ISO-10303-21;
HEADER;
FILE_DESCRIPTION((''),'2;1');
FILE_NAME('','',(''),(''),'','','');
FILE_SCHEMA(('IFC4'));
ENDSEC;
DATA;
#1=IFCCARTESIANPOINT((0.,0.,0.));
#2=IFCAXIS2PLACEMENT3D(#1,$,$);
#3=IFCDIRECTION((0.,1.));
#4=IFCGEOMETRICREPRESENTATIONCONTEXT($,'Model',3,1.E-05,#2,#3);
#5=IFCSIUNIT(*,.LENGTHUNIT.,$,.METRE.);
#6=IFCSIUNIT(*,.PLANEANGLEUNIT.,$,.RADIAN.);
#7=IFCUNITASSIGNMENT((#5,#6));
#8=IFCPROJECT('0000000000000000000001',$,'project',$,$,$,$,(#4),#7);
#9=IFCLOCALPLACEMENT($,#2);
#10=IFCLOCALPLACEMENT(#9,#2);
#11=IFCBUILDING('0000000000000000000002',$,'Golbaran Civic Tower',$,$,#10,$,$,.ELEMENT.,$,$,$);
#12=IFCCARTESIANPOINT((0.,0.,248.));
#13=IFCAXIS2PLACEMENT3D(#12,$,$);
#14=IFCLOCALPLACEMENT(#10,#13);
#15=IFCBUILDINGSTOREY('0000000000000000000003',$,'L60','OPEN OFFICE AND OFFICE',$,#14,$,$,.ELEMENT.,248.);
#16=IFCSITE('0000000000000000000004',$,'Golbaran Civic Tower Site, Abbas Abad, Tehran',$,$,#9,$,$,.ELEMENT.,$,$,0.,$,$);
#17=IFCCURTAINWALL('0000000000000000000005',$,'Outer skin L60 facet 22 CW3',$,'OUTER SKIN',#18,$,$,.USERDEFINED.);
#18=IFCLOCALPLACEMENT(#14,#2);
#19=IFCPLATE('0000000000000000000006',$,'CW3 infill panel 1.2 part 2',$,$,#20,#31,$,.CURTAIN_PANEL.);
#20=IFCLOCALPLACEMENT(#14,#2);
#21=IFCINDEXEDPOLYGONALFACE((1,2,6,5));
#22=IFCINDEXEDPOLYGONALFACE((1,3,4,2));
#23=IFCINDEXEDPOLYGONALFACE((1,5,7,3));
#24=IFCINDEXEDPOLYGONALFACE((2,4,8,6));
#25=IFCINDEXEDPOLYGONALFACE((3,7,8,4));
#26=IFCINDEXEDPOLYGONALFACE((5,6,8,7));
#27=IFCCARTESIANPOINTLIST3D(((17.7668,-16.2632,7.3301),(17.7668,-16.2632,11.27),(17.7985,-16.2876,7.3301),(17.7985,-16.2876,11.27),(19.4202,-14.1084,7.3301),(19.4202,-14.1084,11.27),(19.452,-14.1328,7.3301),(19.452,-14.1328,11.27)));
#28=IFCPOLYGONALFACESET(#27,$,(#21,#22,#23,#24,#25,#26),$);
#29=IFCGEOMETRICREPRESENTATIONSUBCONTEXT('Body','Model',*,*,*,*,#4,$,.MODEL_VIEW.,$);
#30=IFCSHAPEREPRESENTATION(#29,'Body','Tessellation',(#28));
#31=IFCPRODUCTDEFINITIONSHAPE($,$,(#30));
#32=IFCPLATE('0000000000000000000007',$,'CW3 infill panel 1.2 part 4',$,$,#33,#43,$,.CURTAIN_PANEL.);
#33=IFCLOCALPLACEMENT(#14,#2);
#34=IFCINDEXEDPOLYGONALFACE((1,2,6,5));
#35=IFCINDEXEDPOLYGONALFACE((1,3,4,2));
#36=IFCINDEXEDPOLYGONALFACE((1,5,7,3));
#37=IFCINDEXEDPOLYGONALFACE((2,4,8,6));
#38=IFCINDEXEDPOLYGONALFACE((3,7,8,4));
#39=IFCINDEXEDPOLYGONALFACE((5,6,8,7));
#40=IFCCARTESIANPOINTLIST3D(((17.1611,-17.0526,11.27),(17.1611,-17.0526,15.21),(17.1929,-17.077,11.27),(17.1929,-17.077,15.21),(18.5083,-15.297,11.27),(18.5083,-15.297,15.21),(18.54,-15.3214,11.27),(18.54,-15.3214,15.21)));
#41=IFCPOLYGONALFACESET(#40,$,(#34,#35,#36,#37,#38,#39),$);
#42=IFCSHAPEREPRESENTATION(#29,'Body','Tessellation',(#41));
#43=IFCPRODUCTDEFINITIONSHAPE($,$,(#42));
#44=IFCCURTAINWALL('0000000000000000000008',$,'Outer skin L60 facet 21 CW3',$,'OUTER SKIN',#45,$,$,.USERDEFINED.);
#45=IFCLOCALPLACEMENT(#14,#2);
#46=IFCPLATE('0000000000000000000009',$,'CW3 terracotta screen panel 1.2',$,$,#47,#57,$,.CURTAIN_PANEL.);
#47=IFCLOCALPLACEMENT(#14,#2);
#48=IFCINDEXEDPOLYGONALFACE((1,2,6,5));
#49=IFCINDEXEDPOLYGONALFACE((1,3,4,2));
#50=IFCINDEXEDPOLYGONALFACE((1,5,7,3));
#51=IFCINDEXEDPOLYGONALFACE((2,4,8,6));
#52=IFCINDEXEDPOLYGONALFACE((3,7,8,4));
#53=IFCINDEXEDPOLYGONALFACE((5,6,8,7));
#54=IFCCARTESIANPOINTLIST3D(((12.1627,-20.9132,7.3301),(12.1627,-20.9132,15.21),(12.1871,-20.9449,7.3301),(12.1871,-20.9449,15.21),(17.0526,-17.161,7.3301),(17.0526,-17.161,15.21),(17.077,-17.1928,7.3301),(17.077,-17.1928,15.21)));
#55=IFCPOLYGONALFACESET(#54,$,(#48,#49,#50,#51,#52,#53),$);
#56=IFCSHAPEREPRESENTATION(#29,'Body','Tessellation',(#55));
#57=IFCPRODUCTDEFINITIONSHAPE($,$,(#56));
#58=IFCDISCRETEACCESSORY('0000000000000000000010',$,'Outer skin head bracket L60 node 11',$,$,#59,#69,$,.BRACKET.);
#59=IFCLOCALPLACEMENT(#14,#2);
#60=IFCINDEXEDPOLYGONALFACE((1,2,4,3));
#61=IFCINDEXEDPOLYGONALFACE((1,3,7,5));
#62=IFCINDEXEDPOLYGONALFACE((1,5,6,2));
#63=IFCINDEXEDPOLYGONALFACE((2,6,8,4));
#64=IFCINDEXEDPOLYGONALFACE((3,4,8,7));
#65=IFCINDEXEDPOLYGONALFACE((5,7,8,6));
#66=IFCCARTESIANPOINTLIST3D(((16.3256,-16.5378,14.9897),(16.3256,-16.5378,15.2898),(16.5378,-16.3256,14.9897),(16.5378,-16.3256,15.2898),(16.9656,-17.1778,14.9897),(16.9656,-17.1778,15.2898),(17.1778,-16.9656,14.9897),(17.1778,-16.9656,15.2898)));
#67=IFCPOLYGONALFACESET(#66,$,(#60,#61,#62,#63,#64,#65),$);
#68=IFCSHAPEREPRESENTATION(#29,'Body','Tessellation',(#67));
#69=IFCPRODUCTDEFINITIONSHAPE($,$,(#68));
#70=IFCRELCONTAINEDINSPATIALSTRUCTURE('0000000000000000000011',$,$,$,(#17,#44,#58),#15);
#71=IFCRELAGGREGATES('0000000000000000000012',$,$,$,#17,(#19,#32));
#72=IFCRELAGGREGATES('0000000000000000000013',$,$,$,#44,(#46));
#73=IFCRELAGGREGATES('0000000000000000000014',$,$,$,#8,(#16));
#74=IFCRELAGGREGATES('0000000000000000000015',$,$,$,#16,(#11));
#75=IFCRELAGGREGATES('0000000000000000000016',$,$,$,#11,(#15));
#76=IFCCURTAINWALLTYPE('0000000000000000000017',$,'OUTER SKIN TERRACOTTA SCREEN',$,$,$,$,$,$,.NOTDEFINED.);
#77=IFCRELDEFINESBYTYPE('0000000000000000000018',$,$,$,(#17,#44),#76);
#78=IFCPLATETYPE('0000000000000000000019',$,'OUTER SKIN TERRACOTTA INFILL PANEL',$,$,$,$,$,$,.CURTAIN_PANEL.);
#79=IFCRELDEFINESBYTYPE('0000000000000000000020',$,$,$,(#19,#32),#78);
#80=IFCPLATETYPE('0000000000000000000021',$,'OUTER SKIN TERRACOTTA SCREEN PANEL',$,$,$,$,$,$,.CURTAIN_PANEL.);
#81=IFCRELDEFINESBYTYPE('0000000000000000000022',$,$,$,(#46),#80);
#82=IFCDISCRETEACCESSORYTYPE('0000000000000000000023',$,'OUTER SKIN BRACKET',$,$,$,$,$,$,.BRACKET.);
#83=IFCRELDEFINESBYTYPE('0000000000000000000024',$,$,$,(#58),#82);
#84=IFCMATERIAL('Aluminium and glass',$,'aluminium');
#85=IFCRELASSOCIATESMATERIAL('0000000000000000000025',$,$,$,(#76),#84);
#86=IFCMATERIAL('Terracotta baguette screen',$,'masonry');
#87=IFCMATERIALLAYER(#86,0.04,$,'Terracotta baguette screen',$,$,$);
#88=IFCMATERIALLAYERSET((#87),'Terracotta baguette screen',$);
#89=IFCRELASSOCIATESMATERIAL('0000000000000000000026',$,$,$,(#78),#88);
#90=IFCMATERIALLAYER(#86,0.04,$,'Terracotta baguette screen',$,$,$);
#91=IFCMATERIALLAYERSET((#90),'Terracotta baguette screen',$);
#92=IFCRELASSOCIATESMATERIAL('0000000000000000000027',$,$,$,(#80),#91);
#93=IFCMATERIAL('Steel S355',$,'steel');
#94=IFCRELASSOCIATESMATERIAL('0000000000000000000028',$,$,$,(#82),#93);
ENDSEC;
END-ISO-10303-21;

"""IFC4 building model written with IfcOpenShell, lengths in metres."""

from ifc_helpers import new_model, si_unit, direction, frame, origin, origin_2d, place, context, subcontext, project, spatial, rectangle, extrude, material, layer, layer_set, type_object, element, aggregate, save


model = new_model("IFC4")

# Units and contexts
model_context = context("Model", 3, precision=1e-05, world=origin(), true_north=direction((0.0, 1.0)))
body_context = subcontext(model_context, "Body", "Model", "MODEL_VIEW")
ifc_project = project(units=[si_unit("LENGTHUNIT", "METRE"), si_unit("PLANEANGLEUNIT", "RADIAN")], contexts=[model_context])

# Site, building, storey
site_placement = place(None, origin())
site = spatial("IfcSite", under=ifc_project, at=site_placement, Name="Golbaran Civic Tower Site, Abbas Abad, Tehran", CompositionType="ELEMENT", RefElevation=0.0)
building_placement = place(site_placement, origin())
building = spatial("IfcBuilding", under=site, at=building_placement, Name="Golbaran Civic Tower", CompositionType="ELEMENT")
storey_placement = place(building_placement, frame((0.0, 0.0, 248.0)))
storey = spatial("IfcBuildingStorey", under=building, at=storey_placement, Name="L60", Description="OPEN OFFICE AND OFFICE", CompositionType="ELEMENT", Elevation=248.0)

# Shared definitions
ifc_material_1 = material(Name="Aluminium and glass", Category="aluminium")

# Curtain wall
curtain_wall_type_1 = type_object("IfcCurtainWallType", Name="OUTER SKIN TERRACOTTA SCREEN", PredefinedType="NOTDEFINED", material=ifc_material_1)
curtain_wall_1_placement = place(storey_placement, origin())
curtain_wall_1 = element("IfcCurtainWall", 1, at=curtain_wall_1_placement, inside=storey, type_object=curtain_wall_type_1, Name="Outer skin L60 facet 22 CW3", ObjectType="OUTER SKIN", PredefinedType="USERDEFINED")

# Plates
ifc_material_2 = material(Name="Terracotta baguette screen", Category="masonry")
ifc_layer_1 = layer(ifc_material_2, 0.04, Name="Terracotta baguette screen")
ifc_layer_set_1 = layer_set([ifc_layer_1], Name="Terracotta baguette screen")
plate_type_1 = type_object("IfcPlateType", Name="OUTER SKIN TERRACOTTA INFILL PANEL", PredefinedType="CURTAIN_PANEL", material=ifc_layer_set_1)
plate_1_placement = place(storey_placement, frame((18.6094, -15.198, 7.3301), z_axis=(0.0, 0.0, 1.0), x_axis=(0.608761, 0.793353, 0.0)))
plate_1 = element("IfcPlate", 2, at=plate_1_placement, type_object=plate_type_1, Name="CW3 infill panel 1.2 part 2", PredefinedType="CURTAIN_PANEL", context=body_context, shape_type="SweptSolid", body=[
    extrude(rectangle(XDim=2.7161, YDim=0.04, at=origin_2d()), origin(), (0.0, 0.0, 1.0), 3.9399),
])
plate_2_placement = place(storey_placement, frame((17.8506, -16.187, 11.27), z_axis=(0.0, 0.0, 1.0), x_axis=(0.608761, 0.793353, 0.0)))
plate_2 = element("IfcPlate", 3, at=plate_2_placement, type_object=plate_type_1, Name="CW3 infill panel 1.2 part 4", PredefinedType="CURTAIN_PANEL", context=body_context, shape_type="SweptSolid", body=[
    extrude(rectangle(XDim=2.2129, YDim=0.04, at=origin_2d()), origin(), (0.0, 0.0, 1.0), 3.9399),
])
aggregate(curtain_wall_1, [plate_1, plate_2])

# Curtain wall, plate
curtain_wall_2_placement = place(storey_placement, origin())
curtain_wall_2 = element("IfcCurtainWall", 4, at=curtain_wall_2_placement, inside=storey, type_object=curtain_wall_type_1, Name="Outer skin L60 facet 21 CW3", ObjectType="OUTER SKIN", PredefinedType="USERDEFINED")
ifc_layer_2 = layer(ifc_material_2, 0.04, Name="Terracotta baguette screen")
ifc_layer_set_2 = layer_set([ifc_layer_2], Name="Terracotta baguette screen")
plate_type_2 = type_object("IfcPlateType", Name="OUTER SKIN TERRACOTTA SCREEN PANEL", PredefinedType="CURTAIN_PANEL", material=ifc_layer_set_2)
plate_3_placement = place(storey_placement, frame((14.6199, -19.053, 7.3301), z_axis=(0.0, 0.0, 1.0), x_axis=(0.793353, 0.608761, 0.0)))
plate_3 = element("IfcPlate", 5, at=plate_3_placement, type_object=plate_type_2, Name="CW3 terracotta screen panel 1.2", PredefinedType="CURTAIN_PANEL", context=body_context, shape_type="SweptSolid", body=[
    extrude(rectangle(XDim=6.1636, YDim=0.04, at=origin_2d()), origin(), (0.0, 0.0, 1.0), 7.8799),
])
aggregate(curtain_wall_2, [plate_3])

# Discrete accessory
ifc_material_3 = material(Name="Steel S355", Category="steel")
discrete_accessory_type = type_object("IfcDiscreteAccessoryType", Name="OUTER SKIN BRACKET", PredefinedType="BRACKET", material=ifc_material_3)
discrete_accessory_placement = place(storey_placement, frame((16.7517, -16.7517, 14.9897), z_axis=(0.0, 0.0, 1.0), x_axis=(0.707107, -0.707107, 0.0)))
element("IfcDiscreteAccessory", 6, at=discrete_accessory_placement, inside=storey, type_object=discrete_accessory_type, Name="Outer skin head bracket L60 node 11", PredefinedType="BRACKET", context=body_context, shape_type="SweptSolid", body=[
    extrude(rectangle(XDim=0.905, YDim=0.3, at=origin_2d()), origin(), (0.0, 0.0, 1.0), 0.3),
])

save(model, "model.ifc")
